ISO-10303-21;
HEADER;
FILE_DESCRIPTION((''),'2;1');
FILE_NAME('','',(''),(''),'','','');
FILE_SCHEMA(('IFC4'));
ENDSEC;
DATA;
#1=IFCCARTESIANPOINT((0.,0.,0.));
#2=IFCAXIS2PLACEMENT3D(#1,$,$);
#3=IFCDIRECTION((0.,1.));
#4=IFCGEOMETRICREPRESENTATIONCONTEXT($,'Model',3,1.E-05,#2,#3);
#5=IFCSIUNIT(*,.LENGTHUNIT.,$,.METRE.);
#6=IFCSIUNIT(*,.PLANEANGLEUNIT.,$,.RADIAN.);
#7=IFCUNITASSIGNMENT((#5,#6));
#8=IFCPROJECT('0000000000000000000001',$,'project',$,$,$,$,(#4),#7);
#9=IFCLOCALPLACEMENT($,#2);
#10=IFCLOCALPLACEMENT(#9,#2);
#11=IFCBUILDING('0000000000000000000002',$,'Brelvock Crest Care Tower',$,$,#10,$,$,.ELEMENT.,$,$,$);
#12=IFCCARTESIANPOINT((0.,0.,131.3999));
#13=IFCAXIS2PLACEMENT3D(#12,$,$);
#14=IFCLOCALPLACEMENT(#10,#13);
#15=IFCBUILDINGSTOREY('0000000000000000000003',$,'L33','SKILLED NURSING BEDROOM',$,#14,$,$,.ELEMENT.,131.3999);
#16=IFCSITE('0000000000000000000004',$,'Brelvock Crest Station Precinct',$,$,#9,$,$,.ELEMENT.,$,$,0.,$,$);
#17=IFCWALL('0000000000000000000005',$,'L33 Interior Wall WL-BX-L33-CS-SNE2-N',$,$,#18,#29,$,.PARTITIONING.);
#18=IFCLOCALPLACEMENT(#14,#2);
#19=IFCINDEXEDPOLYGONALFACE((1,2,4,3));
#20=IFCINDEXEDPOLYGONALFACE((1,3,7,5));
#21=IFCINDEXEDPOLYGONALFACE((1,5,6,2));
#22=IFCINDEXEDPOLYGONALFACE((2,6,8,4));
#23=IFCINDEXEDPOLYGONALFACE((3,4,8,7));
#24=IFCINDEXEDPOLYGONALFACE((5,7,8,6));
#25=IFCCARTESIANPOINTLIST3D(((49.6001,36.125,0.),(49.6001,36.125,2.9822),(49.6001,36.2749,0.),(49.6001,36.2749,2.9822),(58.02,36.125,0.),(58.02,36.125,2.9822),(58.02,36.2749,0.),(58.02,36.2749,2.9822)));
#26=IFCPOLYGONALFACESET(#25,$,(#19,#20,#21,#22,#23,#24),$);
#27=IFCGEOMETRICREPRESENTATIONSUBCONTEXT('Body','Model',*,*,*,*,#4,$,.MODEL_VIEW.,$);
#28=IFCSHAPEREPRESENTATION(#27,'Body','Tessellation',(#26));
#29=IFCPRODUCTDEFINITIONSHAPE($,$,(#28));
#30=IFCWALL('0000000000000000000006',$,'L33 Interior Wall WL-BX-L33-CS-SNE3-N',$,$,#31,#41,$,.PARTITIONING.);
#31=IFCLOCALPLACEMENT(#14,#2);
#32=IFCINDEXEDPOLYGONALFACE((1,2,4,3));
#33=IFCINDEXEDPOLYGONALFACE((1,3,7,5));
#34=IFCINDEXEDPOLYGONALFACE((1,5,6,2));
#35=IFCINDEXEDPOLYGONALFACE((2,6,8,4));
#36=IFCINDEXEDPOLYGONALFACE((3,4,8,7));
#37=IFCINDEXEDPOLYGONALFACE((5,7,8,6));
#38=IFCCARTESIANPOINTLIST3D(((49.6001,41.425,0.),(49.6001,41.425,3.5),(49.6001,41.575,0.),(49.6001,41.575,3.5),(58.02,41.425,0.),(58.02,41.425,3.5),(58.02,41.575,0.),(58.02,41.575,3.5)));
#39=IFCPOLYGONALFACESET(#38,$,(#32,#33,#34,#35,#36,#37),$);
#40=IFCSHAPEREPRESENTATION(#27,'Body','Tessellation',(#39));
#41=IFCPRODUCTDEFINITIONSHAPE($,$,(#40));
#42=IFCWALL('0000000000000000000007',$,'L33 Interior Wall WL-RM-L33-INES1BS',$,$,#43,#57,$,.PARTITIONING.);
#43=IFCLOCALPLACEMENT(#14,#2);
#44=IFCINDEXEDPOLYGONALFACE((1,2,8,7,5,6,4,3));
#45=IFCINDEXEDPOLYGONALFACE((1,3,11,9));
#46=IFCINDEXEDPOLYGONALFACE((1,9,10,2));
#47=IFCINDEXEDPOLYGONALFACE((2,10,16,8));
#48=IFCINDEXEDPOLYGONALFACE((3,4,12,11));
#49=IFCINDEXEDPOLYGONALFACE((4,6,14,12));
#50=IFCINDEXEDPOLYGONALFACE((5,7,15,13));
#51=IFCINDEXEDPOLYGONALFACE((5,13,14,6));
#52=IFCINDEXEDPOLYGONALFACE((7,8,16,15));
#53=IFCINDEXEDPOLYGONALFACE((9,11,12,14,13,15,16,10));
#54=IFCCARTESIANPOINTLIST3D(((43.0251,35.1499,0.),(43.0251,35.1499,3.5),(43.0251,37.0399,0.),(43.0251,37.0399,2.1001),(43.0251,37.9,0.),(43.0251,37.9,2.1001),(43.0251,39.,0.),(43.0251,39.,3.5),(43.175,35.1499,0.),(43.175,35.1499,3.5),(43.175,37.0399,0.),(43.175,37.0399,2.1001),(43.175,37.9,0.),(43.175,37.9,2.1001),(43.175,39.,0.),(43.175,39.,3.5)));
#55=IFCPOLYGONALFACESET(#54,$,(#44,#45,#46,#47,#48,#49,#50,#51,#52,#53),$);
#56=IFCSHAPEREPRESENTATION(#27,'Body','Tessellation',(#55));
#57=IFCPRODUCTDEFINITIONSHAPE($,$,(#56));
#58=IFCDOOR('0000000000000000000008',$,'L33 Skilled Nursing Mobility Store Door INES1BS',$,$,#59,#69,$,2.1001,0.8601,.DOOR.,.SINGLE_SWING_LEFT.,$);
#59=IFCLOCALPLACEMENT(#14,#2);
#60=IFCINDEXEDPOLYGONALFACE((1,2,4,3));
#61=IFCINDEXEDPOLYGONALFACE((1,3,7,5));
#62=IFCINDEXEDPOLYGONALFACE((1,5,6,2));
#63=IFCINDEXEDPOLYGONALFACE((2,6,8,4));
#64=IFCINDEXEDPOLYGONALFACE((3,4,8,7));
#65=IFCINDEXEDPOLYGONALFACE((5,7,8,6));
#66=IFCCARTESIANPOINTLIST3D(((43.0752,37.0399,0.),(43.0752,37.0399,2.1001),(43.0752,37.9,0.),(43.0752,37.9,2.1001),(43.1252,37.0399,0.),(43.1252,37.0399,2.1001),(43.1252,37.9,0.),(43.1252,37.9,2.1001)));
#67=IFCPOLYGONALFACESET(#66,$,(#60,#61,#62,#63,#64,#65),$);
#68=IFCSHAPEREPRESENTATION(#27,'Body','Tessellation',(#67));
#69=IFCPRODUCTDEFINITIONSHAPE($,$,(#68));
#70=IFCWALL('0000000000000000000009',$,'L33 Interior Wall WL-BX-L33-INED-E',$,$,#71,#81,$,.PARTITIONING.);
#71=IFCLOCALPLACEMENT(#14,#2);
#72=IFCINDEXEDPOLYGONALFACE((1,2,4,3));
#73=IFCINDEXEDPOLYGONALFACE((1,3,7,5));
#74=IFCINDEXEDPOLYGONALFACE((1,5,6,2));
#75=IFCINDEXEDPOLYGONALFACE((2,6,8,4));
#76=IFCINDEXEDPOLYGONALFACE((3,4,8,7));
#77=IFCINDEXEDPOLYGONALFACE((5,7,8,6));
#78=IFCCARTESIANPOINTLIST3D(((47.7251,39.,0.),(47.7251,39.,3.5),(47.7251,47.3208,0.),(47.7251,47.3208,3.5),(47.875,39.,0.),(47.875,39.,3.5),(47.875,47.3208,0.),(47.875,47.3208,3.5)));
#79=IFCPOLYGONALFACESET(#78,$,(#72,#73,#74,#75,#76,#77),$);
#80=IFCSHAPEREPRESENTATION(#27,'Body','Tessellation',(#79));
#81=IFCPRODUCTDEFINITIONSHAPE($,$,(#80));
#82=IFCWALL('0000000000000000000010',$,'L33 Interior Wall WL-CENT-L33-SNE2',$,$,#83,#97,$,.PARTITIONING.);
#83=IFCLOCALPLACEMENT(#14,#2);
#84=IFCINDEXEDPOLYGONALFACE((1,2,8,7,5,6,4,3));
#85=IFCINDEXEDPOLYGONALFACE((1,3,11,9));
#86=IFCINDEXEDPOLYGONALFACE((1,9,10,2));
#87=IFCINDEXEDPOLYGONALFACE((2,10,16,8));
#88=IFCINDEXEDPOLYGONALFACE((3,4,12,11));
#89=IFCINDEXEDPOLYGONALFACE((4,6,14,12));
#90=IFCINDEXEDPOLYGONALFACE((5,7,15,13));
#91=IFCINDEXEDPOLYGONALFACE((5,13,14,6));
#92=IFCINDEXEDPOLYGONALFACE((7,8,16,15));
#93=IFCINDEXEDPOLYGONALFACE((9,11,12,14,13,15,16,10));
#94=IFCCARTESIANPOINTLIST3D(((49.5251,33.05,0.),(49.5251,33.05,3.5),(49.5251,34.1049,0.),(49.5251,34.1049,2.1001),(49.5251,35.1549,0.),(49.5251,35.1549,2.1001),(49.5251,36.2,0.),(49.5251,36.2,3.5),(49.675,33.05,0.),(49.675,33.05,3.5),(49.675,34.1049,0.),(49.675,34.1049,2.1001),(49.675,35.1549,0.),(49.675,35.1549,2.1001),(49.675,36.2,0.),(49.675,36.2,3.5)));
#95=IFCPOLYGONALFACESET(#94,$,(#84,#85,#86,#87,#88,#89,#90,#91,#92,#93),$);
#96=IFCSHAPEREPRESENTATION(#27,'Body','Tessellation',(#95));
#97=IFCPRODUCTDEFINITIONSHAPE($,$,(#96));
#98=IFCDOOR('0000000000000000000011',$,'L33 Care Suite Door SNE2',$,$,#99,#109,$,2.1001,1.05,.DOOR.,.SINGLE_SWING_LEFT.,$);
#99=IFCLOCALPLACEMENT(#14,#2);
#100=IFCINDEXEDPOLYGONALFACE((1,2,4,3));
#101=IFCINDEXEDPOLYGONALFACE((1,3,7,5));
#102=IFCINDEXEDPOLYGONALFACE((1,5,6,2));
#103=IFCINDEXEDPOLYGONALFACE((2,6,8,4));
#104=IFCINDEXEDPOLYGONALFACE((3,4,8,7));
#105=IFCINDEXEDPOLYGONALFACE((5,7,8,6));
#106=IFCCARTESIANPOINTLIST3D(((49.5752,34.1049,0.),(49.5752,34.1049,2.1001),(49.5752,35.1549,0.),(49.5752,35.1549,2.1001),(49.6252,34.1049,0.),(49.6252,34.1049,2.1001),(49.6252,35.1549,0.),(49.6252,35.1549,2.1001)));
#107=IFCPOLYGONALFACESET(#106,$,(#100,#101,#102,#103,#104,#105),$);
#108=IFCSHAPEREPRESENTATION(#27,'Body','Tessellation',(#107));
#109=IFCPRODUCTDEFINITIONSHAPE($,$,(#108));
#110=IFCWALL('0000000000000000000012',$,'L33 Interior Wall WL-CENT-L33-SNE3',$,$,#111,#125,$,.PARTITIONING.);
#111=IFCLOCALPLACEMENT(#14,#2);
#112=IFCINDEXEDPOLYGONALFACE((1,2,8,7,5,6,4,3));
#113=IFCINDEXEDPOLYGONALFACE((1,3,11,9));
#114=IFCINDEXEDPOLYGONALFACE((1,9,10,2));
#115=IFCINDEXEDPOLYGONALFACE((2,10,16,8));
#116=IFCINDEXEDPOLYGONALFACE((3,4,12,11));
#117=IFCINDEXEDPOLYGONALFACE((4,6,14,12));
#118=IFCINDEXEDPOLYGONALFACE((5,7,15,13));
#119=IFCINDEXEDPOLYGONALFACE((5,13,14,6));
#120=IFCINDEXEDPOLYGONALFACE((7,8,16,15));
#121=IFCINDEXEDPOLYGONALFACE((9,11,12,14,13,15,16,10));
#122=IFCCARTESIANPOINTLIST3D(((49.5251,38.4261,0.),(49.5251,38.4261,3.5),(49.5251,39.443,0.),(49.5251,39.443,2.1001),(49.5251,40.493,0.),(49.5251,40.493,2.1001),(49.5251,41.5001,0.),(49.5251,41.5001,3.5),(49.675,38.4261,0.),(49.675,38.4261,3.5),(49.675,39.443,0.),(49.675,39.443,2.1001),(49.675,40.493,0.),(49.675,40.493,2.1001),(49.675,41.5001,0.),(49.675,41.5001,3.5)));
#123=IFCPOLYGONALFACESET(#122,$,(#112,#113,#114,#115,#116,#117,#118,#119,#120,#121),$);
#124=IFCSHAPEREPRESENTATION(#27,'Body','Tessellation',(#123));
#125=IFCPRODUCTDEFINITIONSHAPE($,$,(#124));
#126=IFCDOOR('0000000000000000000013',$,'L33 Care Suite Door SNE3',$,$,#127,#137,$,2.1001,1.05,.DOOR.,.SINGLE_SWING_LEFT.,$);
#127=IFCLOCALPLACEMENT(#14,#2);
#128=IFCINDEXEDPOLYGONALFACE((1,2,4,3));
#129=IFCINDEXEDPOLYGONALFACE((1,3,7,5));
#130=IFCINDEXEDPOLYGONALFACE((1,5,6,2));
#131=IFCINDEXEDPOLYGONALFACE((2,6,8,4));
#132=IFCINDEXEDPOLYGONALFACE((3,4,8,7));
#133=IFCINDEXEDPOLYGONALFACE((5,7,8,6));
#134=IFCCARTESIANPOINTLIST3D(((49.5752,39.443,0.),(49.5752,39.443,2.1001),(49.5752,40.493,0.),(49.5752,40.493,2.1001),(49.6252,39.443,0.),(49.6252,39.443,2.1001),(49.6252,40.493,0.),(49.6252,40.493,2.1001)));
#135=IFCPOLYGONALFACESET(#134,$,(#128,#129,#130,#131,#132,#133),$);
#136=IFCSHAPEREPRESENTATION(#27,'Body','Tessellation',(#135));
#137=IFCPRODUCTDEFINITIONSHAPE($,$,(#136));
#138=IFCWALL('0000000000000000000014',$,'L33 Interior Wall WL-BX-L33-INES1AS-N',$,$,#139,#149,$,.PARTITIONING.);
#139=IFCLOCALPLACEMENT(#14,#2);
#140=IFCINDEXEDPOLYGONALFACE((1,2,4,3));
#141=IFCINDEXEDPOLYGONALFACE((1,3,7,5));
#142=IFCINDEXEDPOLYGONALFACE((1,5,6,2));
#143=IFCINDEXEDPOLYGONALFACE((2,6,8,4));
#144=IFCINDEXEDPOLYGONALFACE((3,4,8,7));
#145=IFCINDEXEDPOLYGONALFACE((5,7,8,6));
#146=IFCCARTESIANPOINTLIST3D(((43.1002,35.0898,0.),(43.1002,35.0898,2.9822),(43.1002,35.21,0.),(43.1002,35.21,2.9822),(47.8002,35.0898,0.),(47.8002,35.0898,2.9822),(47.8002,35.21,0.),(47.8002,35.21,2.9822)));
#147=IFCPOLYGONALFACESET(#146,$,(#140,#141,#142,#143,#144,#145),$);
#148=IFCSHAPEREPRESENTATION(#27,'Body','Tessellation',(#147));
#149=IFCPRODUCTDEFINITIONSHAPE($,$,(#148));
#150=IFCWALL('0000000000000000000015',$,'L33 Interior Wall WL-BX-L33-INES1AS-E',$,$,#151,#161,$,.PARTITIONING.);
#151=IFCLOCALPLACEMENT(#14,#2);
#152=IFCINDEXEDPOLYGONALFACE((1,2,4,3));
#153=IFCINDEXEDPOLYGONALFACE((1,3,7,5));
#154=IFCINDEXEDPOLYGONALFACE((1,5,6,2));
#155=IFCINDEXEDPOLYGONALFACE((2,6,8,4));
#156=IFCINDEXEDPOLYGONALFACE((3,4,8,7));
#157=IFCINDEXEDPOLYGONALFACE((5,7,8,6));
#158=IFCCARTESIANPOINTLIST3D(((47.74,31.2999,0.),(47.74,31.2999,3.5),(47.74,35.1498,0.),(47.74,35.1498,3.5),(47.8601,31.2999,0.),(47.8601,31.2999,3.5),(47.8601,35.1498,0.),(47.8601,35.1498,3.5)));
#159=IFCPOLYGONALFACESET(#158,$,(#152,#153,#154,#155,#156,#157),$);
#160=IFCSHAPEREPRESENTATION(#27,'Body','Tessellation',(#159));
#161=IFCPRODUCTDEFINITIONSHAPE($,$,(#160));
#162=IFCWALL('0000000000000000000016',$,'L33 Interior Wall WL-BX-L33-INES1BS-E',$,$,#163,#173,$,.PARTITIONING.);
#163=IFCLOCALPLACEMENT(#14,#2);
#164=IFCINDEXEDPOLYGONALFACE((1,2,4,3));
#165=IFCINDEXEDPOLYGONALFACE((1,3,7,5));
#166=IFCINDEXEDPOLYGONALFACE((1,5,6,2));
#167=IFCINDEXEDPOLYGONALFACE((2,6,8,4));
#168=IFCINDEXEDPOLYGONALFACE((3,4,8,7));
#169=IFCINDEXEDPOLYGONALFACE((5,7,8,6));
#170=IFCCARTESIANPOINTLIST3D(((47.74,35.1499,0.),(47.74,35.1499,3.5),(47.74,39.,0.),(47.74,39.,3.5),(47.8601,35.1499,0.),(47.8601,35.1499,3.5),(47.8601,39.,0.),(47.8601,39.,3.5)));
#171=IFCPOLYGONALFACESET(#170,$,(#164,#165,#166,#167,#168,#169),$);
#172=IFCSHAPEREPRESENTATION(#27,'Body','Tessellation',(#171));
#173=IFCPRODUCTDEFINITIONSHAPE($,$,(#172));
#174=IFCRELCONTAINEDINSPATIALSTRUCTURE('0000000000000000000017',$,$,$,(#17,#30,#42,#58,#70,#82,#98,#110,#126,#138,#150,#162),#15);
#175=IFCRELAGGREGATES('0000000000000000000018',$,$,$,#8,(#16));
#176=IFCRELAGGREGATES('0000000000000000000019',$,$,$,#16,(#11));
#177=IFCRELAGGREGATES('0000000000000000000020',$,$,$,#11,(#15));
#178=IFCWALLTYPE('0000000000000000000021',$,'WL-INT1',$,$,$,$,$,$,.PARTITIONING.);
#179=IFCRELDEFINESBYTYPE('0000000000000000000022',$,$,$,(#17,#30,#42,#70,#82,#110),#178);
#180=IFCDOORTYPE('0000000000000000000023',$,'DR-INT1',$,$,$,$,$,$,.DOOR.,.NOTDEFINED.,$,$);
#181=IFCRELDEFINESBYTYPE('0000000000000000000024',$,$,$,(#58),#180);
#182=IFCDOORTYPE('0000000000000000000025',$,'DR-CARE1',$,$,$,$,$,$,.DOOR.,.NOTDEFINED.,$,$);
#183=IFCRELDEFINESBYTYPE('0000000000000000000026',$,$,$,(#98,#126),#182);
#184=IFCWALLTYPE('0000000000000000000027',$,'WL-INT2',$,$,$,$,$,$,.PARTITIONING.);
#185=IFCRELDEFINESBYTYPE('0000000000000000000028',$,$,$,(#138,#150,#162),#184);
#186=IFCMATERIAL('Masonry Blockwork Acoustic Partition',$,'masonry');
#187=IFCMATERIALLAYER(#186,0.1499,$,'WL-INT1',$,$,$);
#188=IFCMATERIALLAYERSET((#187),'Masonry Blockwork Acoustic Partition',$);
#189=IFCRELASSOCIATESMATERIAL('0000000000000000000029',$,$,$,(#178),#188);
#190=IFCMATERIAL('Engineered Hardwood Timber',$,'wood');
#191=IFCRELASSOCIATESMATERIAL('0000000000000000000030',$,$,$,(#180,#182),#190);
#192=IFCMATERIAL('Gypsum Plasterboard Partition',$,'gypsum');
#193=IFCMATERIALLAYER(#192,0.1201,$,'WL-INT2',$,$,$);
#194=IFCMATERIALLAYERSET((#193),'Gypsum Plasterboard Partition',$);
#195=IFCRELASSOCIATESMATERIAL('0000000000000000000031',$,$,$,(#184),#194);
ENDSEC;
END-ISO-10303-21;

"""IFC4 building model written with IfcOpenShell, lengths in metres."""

from ifc_helpers import new_model, si_unit, direction, frame, frame_2d, origin, origin_2d, place, context, subcontext, project, spatial, rectangle, extrude, source, transform, mapped, material, layer, layer_set, type_object, element, fill, save


model = new_model("IFC4")

# Units and contexts
model_context = context("Model", 3, precision=1e-05, world=origin(), true_north=direction((0.0, 1.0)))
body_context = subcontext(model_context, "Body", "Model", "MODEL_VIEW")
ifc_project = project(units=[si_unit("LENGTHUNIT", "METRE"), si_unit("PLANEANGLEUNIT", "RADIAN")], contexts=[model_context])

# Site, building, storey
site_placement = place(None, origin())
site = spatial("IfcSite", under=ifc_project, at=site_placement, Name="Brelvock Crest Station Precinct", CompositionType="ELEMENT", RefElevation=0.0)
building_placement = place(site_placement, origin())
building = spatial("IfcBuilding", under=site, at=building_placement, Name="Brelvock Crest Care Tower", CompositionType="ELEMENT")
storey_placement = place(building_placement, frame((0.0, 0.0, 131.3999)))
storey = spatial("IfcBuildingStorey", under=building, at=storey_placement, Name="L33", Description="SKILLED NURSING BEDROOM", CompositionType="ELEMENT", Elevation=131.3999)

# Walls
ifc_material_1 = material(Name="Masonry Blockwork Acoustic Partition", Category="masonry")
ifc_layer_1 = layer(ifc_material_1, 0.1499, Name="WL-INT1")
ifc_layer_set_1 = layer_set([ifc_layer_1], Name="Masonry Blockwork Acoustic Partition")
wall_type_1 = type_object("IfcWallType", Name="WL-INT1", PredefinedType="PARTITIONING", material=ifc_layer_set_1)
wall_1_placement = place(storey_placement, frame((49.6001, 36.2, 0.0), z_axis=(0.0, 0.0, 1.0), x_axis=(1.0, 0.0, 0.0)))
element("IfcWall", 1, at=wall_1_placement, inside=storey, type_object=wall_type_1, Name="L33 Interior Wall WL-BX-L33-CS-SNE2-N", PredefinedType="PARTITIONING", context=body_context, shape_type="SweptSolid", body=[
    extrude(rectangle(XDim=8.4199, YDim=0.1499, at=frame_2d((4.21, 0.0))), origin(), (0.0, 0.0, 1.0), 2.9822),
])
wall_2_placement = place(storey_placement, frame((49.6001, 41.5, 0.0), z_axis=(0.0, 0.0, 1.0), x_axis=(1.0, 0.0, 0.0)))
element("IfcWall", 2, at=wall_2_placement, inside=storey, type_object=wall_type_1, Name="L33 Interior Wall WL-BX-L33-CS-SNE3-N", PredefinedType="PARTITIONING", context=body_context, shape_type="SweptSolid", body=[
    extrude(rectangle(XDim=8.4199, YDim=0.1499, at=frame_2d((4.21, 0.0))), origin(), (0.0, 0.0, 1.0), 3.5),
])

# Wall, opening, door
wall_3_placement = place(storey_placement, frame((43.1001, 35.1499, 0.0), z_axis=(0.0, 0.0, 1.0), x_axis=(0.0, 1.0, 0.0)))
wall_3 = element("IfcWall", 3, at=wall_3_placement, inside=storey, type_object=wall_type_1, Name="L33 Interior Wall WL-RM-L33-INES1BS", PredefinedType="PARTITIONING", context=body_context, shape_type="SweptSolid", body=[
    extrude(rectangle(XDim=3.8501, YDim=0.1499, at=frame_2d((1.925, 0.0))), origin(), (0.0, 0.0, 1.0), 3.5),
])
opening_1_placement = place(wall_3_placement, frame((1.8899, 0.0, 0.0)))
opening_1 = element("IfcOpeningElement", 4, at=opening_1_placement, cuts=wall_3, PredefinedType="OPENING", context=body_context, shape_type="SweptSolid", body=[
    extrude(rectangle(XDim=0.8601, YDim=2.1001, at=origin_2d()), frame((0.4302, 0.085, 1.05), z_axis=(0.0, -1.0, 0.0), x_axis=(1.0, 0.0, 0.0)), (0.0, 0.0, 1.0), 0.1699),
])
ifc_material_2 = material(Name="Engineered Hardwood Timber", Category="wood")
door_type_1 = type_object("IfcDoorType", Name="DR-INT1", OperationType="NOTDEFINED", PredefinedType="DOOR", material=ifc_material_2)
shared_shape_1 = source(origin(), body_context, "Body", "SweptSolid", [
    extrude(rectangle(XDim=0.8601, YDim=2.1001, at=origin_2d()), frame((0.4302, 0.0249, 1.05), z_axis=(0.0, -1.0, 0.0), x_axis=(1.0, 0.0, 0.0)), (0.0, 0.0, 1.0), 0.05),
])
door_1_placement = place(opening_1_placement, origin())
door_1 = element("IfcDoor", 5, at=door_1_placement, inside=storey, type_object=door_type_1, Name="L33 Skilled Nursing Mobility Store Door INES1BS", OperationType="SINGLE_SWING_LEFT", OverallHeight=2.1001, OverallWidth=0.8601, PredefinedType="DOOR", context=body_context, shape_type="MappedRepresentation", body=[
    mapped(shared_shape_1, transform((0.0, 0.0, 0.0), x_axis=(1.0, 0.0, 0.0), y_axis=(0.0, 1.0, 0.0), z_axis=(0.0, 0.0, 1.0), scale=1.0)),
])
fill(opening_1, door_1)

# Wall
wall_4_placement = place(storey_placement, frame((47.8, 39.0, 0.0), z_axis=(0.0, 0.0, 1.0), x_axis=(0.0, 1.0, 0.0)))
element("IfcWall", 6, at=wall_4_placement, inside=storey, type_object=wall_type_1, Name="L33 Interior Wall WL-BX-L33-INED-E", PredefinedType="PARTITIONING", context=body_context, shape_type="SweptSolid", body=[
    extrude(rectangle(XDim=8.3208, YDim=0.1499, at=frame_2d((4.1604, 0.0))), origin(), (0.0, 0.0, 1.0), 3.5),
])

# Walls, openings, doors
wall_5_placement = place(storey_placement, frame((49.6001, 33.05, 0.0), z_axis=(0.0, 0.0, 1.0), x_axis=(0.0, 1.0, 0.0)))
wall_5 = element("IfcWall", 7, at=wall_5_placement, inside=storey, type_object=wall_type_1, Name="L33 Interior Wall WL-CENT-L33-SNE2", PredefinedType="PARTITIONING", context=body_context, shape_type="SweptSolid", body=[
    extrude(rectangle(XDim=3.1499, YDim=0.1499, at=frame_2d((1.575, 0.0))), origin(), (0.0, 0.0, 1.0), 3.5),
])
opening_2_placement = place(wall_5_placement, frame((1.0549, 0.0, 0.0)))
opening_2 = element("IfcOpeningElement", 8, at=opening_2_placement, cuts=wall_5, PredefinedType="OPENING", context=body_context, shape_type="SweptSolid", body=[
    extrude(rectangle(XDim=1.05, YDim=2.1001, at=origin_2d()), frame((0.5249, 0.085, 1.05), z_axis=(0.0, -1.0, 0.0), x_axis=(1.0, 0.0, 0.0)), (0.0, 0.0, 1.0), 0.1699),
])
door_type_2 = type_object("IfcDoorType", Name="DR-CARE1", OperationType="NOTDEFINED", PredefinedType="DOOR", material=ifc_material_2)
shared_shape_2 = source(origin(), body_context, "Body", "SweptSolid", [
    extrude(rectangle(XDim=1.05, YDim=2.1001, at=origin_2d()), frame((0.5249, 0.0249, 1.05), z_axis=(0.0, -1.0, 0.0), x_axis=(1.0, 0.0, 0.0)), (0.0, 0.0, 1.0), 0.05),
])
door_2_placement = place(opening_2_placement, origin())
door_2 = element("IfcDoor", 9, at=door_2_placement, inside=storey, type_object=door_type_2, Name="L33 Care Suite Door SNE2", OperationType="SINGLE_SWING_LEFT", OverallHeight=2.1001, OverallWidth=1.05, PredefinedType="DOOR", context=body_context, shape_type="MappedRepresentation", body=[
    mapped(shared_shape_2, transform((0.0, 0.0, 0.0), x_axis=(1.0, 0.0, 0.0), y_axis=(0.0, 1.0, 0.0), z_axis=(0.0, 0.0, 1.0), scale=1.0)),
])
fill(opening_2, door_2)
wall_6_placement = place(storey_placement, frame((49.6001, 38.426, 0.0), z_axis=(0.0, 0.0, 1.0), x_axis=(0.0, 1.0, 0.0)))
wall_6 = element("IfcWall", 10, at=wall_6_placement, inside=storey, type_object=wall_type_1, Name="L33 Interior Wall WL-CENT-L33-SNE3", PredefinedType="PARTITIONING", context=body_context, shape_type="SweptSolid", body=[
    extrude(rectangle(XDim=3.074, YDim=0.1499, at=frame_2d((1.5371, 0.0))), origin(), (0.0, 0.0, 1.0), 3.5),
])
opening_3_placement = place(wall_6_placement, frame((1.0171, 0.0, 0.0)))
opening_3 = element("IfcOpeningElement", 11, at=opening_3_placement, cuts=wall_6, PredefinedType="OPENING", context=body_context, shape_type="SweptSolid", body=[
    extrude(rectangle(XDim=1.05, YDim=2.1001, at=origin_2d()), frame((0.5249, 0.085, 1.05), z_axis=(0.0, -1.0, 0.0), x_axis=(1.0, 0.0, 0.0)), (0.0, 0.0, 1.0), 0.1699),
])
door_3_placement = place(opening_3_placement, origin())
door_3 = element("IfcDoor", 12, at=door_3_placement, inside=storey, type_object=door_type_2, Name="L33 Care Suite Door SNE3", OperationType="SINGLE_SWING_LEFT", OverallHeight=2.1001, OverallWidth=1.05, PredefinedType="DOOR", context=body_context, shape_type="MappedRepresentation", body=[
    mapped(shared_shape_2, transform((0.0, 0.0, 0.0), x_axis=(1.0, 0.0, 0.0), y_axis=(0.0, 1.0, 0.0), z_axis=(0.0, 0.0, 1.0), scale=1.0)),
])
fill(opening_3, door_3)

# Walls
ifc_material_3 = material(Name="Gypsum Plasterboard Partition", Category="gypsum")
ifc_layer_2 = layer(ifc_material_3, 0.1201, Name="WL-INT2")
ifc_layer_set_2 = layer_set([ifc_layer_2], Name="Gypsum Plasterboard Partition")
wall_type_2 = type_object("IfcWallType", Name="WL-INT2", PredefinedType="PARTITIONING", material=ifc_layer_set_2)
wall_7_placement = place(storey_placement, frame((43.1001, 35.1499, 0.0), z_axis=(0.0, 0.0, 1.0), x_axis=(1.0, 0.0, 0.0)))
element("IfcWall", 13, at=wall_7_placement, inside=storey, type_object=wall_type_2, Name="L33 Interior Wall WL-BX-L33-INES1AS-N", PredefinedType="PARTITIONING", context=body_context, shape_type="SweptSolid", body=[
    extrude(rectangle(XDim=4.7, YDim=0.1201, at=frame_2d((2.3501, 0.0))), origin(), (0.0, 0.0, 1.0), 2.9822),
])
wall_8_placement = place(storey_placement, frame((47.8, 31.3, 0.0), z_axis=(0.0, 0.0, 1.0), x_axis=(0.0, 1.0, 0.0)))
element("IfcWall", 14, at=wall_8_placement, inside=storey, type_object=wall_type_2, Name="L33 Interior Wall WL-BX-L33-INES1AS-E", PredefinedType="PARTITIONING", context=body_context, shape_type="SweptSolid", body=[
    extrude(rectangle(XDim=3.8499, YDim=0.1201, at=frame_2d((1.9248, 0.0))), origin(), (0.0, 0.0, 1.0), 3.5),
])
wall_9_placement = place(storey_placement, frame((47.8, 35.1499, 0.0), z_axis=(0.0, 0.0, 1.0), x_axis=(0.0, 1.0, 0.0)))
element("IfcWall", 15, at=wall_9_placement, inside=storey, type_object=wall_type_2, Name="L33 Interior Wall WL-BX-L33-INES1BS-E", PredefinedType="PARTITIONING", context=body_context, shape_type="SweptSolid", body=[
    extrude(rectangle(XDim=3.8501, YDim=0.1201, at=frame_2d((1.925, 0.0))), origin(), (0.0, 0.0, 1.0), 3.5),
])

save(model, "model.ifc")
